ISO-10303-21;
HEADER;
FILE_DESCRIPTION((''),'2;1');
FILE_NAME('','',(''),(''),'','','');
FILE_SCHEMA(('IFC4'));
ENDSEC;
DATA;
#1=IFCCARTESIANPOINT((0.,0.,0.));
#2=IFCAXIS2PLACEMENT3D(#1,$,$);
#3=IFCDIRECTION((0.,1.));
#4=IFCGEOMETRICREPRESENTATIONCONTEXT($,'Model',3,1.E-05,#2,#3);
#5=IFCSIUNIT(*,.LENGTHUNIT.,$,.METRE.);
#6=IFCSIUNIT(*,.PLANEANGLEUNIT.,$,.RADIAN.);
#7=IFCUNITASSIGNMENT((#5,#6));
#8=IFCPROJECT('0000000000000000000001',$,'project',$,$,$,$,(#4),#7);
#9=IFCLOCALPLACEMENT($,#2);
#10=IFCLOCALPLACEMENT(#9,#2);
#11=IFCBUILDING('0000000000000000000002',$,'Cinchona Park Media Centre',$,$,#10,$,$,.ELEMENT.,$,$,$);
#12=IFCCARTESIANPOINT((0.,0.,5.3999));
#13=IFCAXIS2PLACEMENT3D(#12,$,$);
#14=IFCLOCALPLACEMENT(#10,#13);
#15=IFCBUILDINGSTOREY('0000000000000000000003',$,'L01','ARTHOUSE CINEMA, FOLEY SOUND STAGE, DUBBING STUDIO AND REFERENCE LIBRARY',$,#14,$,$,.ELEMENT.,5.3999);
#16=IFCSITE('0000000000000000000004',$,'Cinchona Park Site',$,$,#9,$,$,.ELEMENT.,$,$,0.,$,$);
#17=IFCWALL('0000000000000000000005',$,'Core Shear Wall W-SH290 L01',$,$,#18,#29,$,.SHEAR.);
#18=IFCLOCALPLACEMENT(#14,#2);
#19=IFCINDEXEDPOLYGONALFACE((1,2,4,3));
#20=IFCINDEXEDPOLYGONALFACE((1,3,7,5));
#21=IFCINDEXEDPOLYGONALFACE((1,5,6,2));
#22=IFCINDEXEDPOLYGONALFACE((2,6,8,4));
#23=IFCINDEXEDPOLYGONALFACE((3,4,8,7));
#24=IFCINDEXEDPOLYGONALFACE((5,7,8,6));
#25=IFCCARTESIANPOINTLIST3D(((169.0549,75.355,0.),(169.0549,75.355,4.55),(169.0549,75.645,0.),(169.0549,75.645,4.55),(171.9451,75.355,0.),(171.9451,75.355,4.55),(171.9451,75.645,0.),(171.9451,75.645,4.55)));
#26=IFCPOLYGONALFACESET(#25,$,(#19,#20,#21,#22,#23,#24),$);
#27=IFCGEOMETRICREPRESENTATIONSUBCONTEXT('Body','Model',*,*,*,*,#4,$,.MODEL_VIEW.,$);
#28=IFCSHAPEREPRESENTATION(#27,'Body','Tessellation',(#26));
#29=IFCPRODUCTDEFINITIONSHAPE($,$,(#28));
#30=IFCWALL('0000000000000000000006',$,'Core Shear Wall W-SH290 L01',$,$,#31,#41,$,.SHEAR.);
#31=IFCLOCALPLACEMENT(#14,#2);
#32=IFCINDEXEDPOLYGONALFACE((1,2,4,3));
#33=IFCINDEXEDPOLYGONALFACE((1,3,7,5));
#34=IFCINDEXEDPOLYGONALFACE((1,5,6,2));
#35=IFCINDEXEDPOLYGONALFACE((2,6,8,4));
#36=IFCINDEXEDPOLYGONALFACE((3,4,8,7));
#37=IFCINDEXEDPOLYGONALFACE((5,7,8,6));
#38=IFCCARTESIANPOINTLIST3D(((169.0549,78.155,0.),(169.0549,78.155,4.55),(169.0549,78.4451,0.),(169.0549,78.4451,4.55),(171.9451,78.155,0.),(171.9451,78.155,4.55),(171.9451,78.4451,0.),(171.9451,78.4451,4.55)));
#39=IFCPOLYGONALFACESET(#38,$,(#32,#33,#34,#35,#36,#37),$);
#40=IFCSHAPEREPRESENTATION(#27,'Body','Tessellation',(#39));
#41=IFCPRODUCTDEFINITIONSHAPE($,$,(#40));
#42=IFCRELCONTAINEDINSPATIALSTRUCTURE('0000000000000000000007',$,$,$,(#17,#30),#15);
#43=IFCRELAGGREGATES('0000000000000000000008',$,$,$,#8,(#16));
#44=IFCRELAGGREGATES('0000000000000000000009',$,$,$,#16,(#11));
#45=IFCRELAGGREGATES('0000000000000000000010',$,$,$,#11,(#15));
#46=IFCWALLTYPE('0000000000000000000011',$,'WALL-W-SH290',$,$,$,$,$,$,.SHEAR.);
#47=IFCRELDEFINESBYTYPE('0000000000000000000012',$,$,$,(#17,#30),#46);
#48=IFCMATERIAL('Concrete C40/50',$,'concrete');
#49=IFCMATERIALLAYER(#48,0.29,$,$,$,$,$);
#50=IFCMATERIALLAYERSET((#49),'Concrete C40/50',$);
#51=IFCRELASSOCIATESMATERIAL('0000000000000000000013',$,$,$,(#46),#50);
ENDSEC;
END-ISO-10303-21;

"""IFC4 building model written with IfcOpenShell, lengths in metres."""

from ifc_helpers import new_model, si_unit, direction, frame, frame_2d, origin, place, context, subcontext, project, spatial, rectangle, extrude, material, layer, layer_set, type_object, element, save


model = new_model("IFC4")

# Units and contexts
model_context = context("Model", 3, precision=1e-05, world=origin(), true_north=direction((0.0, 1.0)))
body_context = subcontext(model_context, "Body", "Model", "MODEL_VIEW")
ifc_project = project(units=[si_unit("LENGTHUNIT", "METRE"), si_unit("PLANEANGLEUNIT", "RADIAN")], contexts=[model_context])

# Site, building, storey
site_placement = place(None, origin())
site = spatial("IfcSite", under=ifc_project, at=site_placement, Name="Cinchona Park Site", CompositionType="ELEMENT", RefElevation=0.0)
building_placement = place(site_placement, origin())
building = spatial("IfcBuilding", under=site, at=building_placement, Name="Cinchona Park Media Centre", CompositionType="ELEMENT")
storey_placement = place(building_placement, frame((0.0, 0.0, 5.3999)))
storey = spatial("IfcBuildingStorey", under=building, at=storey_placement, Name="L01", Description="ARTHOUSE CINEMA, FOLEY SOUND STAGE, DUBBING STUDIO AND REFERENCE LIBRARY", CompositionType="ELEMENT", Elevation=5.3999)

# Walls
ifc_material_1 = material(Name="Concrete C40/50", Category="concrete")
ifc_layer_1 = layer(ifc_material_1, 0.29)
ifc_layer_set_1 = layer_set([ifc_layer_1], Name="Concrete C40/50")
wall_type_1 = type_object("IfcWallType", Name="WALL-W-SH290", PredefinedType="SHEAR", material=ifc_layer_set_1)
for number, where, z_axis, x_axis, name in (
    (1, (169.0549, 75.5, 0.0), (0.0, 0.0, 1.0), (1.0, 0.0, 0.0), "Core Shear Wall W-SH290 L01"),
    (2, (169.0549, 78.3, 0.0), (0.0, 0.0, 1.0), (1.0, 0.0, 0.0), "Core Shear Wall W-SH290 L01"),
):
    element("IfcWall", number, at=place(storey_placement, frame(where, z_axis=z_axis, x_axis=x_axis)), inside=storey, type_object=wall_type_1, Name=name, PredefinedType="SHEAR", context=body_context, shape_type="SweptSolid", body=[
        extrude(rectangle(XDim=2.8901, YDim=0.29, at=frame_2d((1.4451, 0.0))), origin(), (0.0, 0.0, 1.0), 4.55),
    ])

save(model, "model.ifc")
